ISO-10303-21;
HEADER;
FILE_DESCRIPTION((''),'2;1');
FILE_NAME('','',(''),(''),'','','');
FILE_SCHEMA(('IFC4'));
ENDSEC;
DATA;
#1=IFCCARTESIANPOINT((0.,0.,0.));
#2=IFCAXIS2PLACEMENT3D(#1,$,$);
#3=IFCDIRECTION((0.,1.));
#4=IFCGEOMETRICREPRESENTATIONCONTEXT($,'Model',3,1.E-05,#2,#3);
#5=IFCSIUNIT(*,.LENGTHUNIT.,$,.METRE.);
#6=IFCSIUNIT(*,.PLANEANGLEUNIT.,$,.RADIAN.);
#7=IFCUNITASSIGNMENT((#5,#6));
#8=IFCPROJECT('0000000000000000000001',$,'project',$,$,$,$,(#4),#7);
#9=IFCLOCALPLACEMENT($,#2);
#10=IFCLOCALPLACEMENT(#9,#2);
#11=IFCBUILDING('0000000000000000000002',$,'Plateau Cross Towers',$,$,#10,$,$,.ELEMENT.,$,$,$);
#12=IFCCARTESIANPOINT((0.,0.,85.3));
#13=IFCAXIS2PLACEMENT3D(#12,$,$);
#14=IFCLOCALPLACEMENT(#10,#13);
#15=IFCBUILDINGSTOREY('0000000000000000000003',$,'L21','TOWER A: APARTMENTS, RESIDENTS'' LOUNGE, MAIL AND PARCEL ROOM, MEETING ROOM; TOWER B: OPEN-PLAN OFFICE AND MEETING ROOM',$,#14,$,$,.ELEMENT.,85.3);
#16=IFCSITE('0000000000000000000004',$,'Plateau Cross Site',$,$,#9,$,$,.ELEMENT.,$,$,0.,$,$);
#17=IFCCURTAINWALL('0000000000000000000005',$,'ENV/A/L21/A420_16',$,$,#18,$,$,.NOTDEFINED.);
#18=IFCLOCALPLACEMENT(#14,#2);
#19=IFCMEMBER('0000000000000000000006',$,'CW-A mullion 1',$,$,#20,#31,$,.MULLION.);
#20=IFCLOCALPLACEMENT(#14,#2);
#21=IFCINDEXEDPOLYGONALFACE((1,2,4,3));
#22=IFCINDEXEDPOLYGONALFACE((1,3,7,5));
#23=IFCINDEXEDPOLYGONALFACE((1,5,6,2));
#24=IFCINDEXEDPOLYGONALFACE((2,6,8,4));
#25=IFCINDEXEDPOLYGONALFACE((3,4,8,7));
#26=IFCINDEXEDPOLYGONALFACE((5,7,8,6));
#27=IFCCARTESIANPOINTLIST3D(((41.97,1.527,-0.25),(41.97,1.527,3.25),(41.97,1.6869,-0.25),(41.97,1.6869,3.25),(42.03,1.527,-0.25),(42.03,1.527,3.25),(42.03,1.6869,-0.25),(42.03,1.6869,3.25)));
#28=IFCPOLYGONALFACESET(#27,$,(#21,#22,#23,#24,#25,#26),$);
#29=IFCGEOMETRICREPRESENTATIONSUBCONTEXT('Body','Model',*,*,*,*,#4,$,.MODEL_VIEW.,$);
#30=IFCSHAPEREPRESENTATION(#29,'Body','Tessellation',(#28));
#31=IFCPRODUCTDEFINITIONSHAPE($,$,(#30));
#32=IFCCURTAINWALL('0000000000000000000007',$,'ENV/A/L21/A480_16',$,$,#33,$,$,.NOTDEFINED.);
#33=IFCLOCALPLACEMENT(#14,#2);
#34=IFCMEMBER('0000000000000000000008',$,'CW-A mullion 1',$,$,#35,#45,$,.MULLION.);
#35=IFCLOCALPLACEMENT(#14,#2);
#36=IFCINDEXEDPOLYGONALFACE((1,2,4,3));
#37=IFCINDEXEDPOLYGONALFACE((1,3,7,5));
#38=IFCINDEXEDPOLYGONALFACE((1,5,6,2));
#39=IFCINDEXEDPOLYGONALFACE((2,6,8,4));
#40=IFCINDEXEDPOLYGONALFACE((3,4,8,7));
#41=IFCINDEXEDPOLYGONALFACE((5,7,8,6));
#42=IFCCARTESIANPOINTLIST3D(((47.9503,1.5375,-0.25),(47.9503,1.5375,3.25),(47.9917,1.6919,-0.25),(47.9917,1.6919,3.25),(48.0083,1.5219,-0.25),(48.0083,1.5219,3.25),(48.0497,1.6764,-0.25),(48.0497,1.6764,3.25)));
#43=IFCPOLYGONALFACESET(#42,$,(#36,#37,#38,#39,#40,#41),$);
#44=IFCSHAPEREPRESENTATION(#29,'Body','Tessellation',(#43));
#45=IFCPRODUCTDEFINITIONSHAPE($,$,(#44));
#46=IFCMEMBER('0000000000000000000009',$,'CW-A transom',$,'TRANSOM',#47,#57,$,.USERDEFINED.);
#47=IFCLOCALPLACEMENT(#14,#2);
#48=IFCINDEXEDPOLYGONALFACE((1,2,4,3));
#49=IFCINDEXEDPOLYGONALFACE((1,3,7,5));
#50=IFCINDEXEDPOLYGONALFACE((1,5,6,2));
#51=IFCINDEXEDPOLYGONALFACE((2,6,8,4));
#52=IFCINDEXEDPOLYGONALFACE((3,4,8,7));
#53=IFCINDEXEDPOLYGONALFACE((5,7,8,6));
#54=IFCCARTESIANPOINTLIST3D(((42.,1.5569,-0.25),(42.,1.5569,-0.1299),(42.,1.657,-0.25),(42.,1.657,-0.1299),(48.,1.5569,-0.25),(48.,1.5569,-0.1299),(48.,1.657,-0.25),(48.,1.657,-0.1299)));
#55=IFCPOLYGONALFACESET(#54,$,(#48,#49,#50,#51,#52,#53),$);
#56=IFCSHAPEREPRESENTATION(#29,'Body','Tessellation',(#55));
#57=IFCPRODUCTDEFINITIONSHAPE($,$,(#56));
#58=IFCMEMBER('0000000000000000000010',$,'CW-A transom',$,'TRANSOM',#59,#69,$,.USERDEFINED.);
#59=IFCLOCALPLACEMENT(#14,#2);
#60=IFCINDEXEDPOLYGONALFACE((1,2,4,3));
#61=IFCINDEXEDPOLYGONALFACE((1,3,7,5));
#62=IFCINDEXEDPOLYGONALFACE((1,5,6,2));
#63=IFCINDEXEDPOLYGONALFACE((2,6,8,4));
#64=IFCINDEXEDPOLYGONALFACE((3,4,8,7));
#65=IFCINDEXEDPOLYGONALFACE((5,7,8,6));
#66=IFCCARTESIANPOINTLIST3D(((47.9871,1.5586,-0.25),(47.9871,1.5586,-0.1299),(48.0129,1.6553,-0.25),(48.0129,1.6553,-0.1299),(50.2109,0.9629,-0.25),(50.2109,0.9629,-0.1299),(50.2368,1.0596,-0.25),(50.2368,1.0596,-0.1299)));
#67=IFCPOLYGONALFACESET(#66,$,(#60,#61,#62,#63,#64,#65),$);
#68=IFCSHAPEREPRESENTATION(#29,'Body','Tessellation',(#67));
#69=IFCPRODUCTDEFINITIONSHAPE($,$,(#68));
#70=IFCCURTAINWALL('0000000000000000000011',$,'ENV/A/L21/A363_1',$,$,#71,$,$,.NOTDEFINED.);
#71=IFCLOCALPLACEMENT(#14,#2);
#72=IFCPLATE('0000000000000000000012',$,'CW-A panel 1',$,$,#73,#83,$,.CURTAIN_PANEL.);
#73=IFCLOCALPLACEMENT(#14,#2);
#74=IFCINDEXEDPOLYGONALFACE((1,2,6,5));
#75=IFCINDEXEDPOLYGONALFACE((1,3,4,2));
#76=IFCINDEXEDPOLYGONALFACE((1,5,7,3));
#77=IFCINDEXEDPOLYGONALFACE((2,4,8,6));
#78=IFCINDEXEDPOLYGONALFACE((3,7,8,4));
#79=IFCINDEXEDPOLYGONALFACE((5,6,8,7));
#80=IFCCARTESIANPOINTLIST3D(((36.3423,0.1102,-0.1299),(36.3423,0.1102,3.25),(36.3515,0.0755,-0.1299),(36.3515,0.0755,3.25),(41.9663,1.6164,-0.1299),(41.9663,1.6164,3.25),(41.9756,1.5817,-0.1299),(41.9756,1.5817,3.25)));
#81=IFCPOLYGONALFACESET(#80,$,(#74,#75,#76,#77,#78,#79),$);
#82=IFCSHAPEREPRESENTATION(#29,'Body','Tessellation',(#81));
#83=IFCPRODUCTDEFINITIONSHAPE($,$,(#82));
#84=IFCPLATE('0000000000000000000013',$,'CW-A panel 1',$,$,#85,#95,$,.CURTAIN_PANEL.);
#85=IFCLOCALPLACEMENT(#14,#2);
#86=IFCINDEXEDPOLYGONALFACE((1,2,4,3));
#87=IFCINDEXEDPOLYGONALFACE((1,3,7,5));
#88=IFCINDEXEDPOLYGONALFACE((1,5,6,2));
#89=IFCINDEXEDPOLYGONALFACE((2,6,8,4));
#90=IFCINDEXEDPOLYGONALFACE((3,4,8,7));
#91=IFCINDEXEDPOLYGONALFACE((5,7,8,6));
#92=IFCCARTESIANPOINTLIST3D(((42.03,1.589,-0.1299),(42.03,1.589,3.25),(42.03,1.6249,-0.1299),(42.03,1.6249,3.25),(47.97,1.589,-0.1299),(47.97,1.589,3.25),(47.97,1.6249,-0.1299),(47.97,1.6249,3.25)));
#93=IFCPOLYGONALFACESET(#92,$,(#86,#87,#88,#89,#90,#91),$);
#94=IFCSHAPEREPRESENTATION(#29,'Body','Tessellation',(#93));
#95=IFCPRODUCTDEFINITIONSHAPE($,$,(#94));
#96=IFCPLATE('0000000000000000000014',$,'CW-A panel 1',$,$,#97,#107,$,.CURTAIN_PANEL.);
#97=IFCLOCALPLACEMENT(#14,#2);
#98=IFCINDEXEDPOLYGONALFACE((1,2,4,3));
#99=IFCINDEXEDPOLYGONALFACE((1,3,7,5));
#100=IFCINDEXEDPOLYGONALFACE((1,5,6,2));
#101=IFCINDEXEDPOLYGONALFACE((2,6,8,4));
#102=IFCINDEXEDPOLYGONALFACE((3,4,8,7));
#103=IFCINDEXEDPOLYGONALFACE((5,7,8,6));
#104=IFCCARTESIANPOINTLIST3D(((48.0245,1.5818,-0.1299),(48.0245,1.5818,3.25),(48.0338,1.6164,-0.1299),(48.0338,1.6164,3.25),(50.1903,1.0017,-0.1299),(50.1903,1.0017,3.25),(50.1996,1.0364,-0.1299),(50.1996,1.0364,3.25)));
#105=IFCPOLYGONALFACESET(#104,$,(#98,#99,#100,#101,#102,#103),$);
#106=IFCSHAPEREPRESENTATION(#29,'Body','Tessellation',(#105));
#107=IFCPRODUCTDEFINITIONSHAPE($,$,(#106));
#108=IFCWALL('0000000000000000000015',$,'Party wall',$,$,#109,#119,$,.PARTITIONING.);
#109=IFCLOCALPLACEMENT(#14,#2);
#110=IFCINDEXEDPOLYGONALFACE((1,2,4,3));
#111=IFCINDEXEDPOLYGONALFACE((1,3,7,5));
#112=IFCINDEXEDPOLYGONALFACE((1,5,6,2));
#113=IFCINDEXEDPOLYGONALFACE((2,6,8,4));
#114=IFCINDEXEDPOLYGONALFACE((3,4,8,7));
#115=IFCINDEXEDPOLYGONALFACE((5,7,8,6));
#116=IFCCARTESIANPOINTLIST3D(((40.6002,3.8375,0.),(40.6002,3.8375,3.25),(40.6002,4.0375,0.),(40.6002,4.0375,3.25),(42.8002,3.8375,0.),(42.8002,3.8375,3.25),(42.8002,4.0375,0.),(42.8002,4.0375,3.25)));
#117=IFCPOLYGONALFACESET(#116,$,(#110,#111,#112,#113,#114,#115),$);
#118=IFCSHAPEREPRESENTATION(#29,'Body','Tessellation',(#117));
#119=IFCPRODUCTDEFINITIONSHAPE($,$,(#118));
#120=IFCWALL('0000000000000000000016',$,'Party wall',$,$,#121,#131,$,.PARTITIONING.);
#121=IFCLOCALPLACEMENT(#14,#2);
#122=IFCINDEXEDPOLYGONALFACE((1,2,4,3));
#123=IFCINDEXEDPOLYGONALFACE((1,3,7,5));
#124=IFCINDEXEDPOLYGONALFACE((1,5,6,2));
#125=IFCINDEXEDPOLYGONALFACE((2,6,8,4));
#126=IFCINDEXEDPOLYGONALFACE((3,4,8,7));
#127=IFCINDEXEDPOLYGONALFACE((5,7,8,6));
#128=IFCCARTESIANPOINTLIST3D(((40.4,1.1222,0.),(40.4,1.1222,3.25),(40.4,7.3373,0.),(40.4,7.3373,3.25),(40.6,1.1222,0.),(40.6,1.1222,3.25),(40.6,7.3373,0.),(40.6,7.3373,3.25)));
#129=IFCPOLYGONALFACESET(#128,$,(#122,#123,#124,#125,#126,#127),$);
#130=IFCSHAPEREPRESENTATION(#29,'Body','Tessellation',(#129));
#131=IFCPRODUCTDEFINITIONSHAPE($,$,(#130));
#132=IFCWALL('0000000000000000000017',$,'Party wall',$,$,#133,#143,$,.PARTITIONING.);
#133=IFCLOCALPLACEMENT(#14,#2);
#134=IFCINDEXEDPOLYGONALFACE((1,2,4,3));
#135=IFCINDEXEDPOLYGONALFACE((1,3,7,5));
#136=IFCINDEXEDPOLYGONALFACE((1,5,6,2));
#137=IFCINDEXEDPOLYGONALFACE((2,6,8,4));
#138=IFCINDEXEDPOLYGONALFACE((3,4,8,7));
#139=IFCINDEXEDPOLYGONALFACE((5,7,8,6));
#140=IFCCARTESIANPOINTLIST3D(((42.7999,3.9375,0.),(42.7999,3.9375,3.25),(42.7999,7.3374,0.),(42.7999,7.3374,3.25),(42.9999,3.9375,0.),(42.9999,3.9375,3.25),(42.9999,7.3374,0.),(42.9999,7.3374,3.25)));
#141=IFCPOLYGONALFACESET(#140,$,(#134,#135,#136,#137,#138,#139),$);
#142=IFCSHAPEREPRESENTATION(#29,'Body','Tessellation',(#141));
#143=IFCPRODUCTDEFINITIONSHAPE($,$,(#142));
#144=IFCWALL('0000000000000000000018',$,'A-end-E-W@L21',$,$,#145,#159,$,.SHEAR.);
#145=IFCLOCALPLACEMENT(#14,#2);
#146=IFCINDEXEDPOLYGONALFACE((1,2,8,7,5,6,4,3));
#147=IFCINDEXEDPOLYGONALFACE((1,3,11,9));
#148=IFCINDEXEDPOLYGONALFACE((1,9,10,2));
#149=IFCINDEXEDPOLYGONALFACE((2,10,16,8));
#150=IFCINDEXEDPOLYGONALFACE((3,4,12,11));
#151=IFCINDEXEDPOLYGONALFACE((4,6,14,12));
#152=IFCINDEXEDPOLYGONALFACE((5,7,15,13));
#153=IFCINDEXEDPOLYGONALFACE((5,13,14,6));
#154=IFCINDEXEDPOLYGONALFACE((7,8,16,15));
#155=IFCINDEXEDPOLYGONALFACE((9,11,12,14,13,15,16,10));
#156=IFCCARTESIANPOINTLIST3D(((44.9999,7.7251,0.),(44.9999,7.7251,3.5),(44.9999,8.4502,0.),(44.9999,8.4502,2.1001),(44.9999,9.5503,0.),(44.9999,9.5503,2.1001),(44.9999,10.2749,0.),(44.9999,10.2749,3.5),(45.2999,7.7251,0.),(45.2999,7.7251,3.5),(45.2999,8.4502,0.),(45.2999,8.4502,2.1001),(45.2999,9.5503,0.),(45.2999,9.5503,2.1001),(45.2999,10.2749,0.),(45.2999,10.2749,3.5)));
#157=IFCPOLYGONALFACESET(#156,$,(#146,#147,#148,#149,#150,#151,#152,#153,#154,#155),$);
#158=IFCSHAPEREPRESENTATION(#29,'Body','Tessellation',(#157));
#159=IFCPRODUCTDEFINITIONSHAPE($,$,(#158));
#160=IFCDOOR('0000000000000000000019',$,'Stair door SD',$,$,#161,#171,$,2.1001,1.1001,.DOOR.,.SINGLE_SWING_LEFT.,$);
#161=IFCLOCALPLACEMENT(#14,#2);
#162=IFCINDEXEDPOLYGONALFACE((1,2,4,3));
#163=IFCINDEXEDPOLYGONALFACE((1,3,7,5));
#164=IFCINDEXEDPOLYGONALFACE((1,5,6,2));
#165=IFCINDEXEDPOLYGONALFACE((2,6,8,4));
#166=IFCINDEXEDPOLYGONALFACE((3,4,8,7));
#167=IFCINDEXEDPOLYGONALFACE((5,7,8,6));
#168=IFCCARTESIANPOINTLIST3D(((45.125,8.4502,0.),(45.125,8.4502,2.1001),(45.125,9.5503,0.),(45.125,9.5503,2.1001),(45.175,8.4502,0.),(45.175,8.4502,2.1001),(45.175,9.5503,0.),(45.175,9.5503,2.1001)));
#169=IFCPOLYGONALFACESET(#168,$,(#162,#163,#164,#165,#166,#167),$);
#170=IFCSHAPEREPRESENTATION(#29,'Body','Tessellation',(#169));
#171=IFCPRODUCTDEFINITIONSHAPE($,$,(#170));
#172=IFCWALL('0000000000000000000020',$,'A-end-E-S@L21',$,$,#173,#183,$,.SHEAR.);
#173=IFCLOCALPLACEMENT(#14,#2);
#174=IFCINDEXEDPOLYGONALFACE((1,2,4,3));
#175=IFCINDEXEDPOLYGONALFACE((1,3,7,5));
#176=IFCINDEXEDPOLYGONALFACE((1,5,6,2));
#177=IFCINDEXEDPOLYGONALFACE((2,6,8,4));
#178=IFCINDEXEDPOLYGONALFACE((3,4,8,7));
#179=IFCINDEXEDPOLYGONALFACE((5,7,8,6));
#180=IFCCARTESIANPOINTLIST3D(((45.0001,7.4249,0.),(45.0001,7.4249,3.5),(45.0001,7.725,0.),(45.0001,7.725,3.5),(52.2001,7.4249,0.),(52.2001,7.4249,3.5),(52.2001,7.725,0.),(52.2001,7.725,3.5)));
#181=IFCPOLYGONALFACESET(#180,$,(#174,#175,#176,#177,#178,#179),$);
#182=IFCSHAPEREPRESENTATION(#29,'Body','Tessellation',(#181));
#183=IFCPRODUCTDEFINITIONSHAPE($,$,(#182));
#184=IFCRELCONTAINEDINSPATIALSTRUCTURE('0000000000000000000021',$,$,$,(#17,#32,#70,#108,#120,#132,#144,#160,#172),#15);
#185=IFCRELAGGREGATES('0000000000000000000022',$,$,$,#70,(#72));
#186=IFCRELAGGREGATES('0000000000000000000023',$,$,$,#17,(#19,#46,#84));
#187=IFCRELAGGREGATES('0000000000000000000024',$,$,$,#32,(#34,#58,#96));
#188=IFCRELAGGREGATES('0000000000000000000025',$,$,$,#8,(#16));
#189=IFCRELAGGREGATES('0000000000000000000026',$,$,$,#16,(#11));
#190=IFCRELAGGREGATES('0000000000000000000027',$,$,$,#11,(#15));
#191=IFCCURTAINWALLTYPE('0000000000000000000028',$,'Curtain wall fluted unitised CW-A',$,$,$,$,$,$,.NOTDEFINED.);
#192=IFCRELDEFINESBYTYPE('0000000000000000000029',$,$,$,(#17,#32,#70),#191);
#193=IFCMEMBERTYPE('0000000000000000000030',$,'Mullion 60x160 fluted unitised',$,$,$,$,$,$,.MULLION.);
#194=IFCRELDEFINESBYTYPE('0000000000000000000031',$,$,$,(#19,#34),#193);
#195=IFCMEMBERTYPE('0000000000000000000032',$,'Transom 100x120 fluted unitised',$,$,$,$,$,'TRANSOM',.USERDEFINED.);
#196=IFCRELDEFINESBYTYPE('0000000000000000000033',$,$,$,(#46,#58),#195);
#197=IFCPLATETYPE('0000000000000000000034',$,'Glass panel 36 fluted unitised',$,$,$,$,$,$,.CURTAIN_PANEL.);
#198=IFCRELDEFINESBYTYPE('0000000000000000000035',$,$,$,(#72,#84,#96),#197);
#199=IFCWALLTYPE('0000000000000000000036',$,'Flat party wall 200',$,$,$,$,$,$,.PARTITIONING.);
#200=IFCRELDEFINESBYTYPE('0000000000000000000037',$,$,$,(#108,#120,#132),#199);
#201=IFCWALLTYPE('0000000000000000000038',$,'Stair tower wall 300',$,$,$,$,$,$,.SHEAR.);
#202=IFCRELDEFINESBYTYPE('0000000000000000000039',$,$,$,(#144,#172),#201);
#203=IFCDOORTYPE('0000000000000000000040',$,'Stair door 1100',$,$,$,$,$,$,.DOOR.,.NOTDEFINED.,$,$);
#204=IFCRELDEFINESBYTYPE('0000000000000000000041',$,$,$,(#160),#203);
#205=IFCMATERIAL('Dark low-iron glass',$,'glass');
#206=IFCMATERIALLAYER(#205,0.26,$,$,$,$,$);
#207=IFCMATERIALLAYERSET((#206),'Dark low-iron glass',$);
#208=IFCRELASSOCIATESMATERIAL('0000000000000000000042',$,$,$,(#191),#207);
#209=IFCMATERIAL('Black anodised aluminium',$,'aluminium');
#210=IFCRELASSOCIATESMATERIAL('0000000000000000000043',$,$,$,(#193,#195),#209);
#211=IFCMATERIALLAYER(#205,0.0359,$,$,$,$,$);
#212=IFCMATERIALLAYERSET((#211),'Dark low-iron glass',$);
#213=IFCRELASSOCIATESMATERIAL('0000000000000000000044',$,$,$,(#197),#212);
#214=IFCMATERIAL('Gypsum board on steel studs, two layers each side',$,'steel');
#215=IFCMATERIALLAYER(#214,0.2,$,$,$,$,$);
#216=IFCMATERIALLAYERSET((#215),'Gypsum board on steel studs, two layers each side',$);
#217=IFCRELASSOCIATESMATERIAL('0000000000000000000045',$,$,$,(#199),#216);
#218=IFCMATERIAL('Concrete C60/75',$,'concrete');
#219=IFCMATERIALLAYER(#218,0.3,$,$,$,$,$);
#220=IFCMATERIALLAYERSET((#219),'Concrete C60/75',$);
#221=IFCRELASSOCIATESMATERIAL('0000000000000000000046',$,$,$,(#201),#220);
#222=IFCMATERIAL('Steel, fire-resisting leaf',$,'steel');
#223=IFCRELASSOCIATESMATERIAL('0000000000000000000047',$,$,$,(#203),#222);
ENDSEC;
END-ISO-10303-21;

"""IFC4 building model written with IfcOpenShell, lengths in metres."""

from ifc_helpers import new_model, si_unit, direction, frame, frame_2d, origin, origin_2d, place, context, subcontext, project, spatial, rectangle, extrude, material, layer, layer_set, material_profile, profile_set, type_object, element, fill, aggregate, save


model = new_model("IFC4")

# Units and contexts
model_context = context("Model", 3, precision=1e-05, world=origin(), true_north=direction((0.0, 1.0)))
body_context = subcontext(model_context, "Body", "Model", "MODEL_VIEW")
ifc_project = project(units=[si_unit("LENGTHUNIT", "METRE"), si_unit("PLANEANGLEUNIT", "RADIAN")], contexts=[model_context])

# Site, building, storey
site_placement = place(None, origin())
site = spatial("IfcSite", under=ifc_project, at=site_placement, Name="Plateau Cross Site", CompositionType="ELEMENT", RefElevation=0.0)
building_placement = place(site_placement, origin())
building = spatial("IfcBuilding", under=site, at=building_placement, Name="Plateau Cross Towers", CompositionType="ELEMENT")
storey_placement = place(building_placement, frame((0.0, 0.0, 85.3)))
storey = spatial("IfcBuildingStorey", under=building, at=storey_placement, Name="L21", Description="TOWER A: APARTMENTS, RESIDENTS' LOUNGE, MAIL AND PARCEL ROOM, MEETING ROOM; TOWER B: OPEN-PLAN OFFICE AND MEETING ROOM", CompositionType="ELEMENT", Elevation=85.3)

# Curtain walls, members
ifc_material_1 = material(Name="Dark low-iron glass", Category="glass")
ifc_layer_1 = layer(ifc_material_1, 0.26)
ifc_layer_set_1 = layer_set([ifc_layer_1], Name="Dark low-iron glass")
curtain_wall_type = type_object("IfcCurtainWallType", Name="Curtain wall fluted unitised CW-A", PredefinedType="NOTDEFINED", material=ifc_layer_set_1)
curtain_wall_1_placement = place(storey_placement, origin())
curtain_wall_1 = element("IfcCurtainWall", 1, at=curtain_wall_1_placement, inside=storey, type_object=curtain_wall_type, Name="ENV/A/L21/A420_16", PredefinedType="NOTDEFINED")
ifc_material_2 = material(Name="Black anodised aluminium", Category="aluminium")
ifc_material_profile_1 = material_profile(ifc_material_2, rectangle(XDim=0.0601, YDim=0.1599, at=origin_2d()), Name="MULLION 60x160")
ifc_profile_set_1 = profile_set([ifc_material_profile_1], Name="Black anodised aluminium")
member_type_1 = type_object("IfcMemberType", Name="Mullion 60x160 fluted unitised", PredefinedType="MULLION", material=ifc_profile_set_1)
member_1_placement = place(storey_placement, frame((42.0, 1.6069, -0.25), z_axis=(0.0, 0.0, 1.0), x_axis=(1.0, 0.0, 0.0)))
member_1 = element("IfcMember", 2, at=member_1_placement, type_object=member_type_1, Name="CW-A mullion 1", PredefinedType="MULLION", context=body_context, shape_type="SweptSolid", body=[
    extrude(rectangle(XDim=0.0601, YDim=0.1599, at=origin_2d()), origin(), (0.0, 0.0, 1.0), 3.5),
])
curtain_wall_2_placement = place(storey_placement, origin())
curtain_wall_2 = element("IfcCurtainWall", 3, at=curtain_wall_2_placement, inside=storey, type_object=curtain_wall_type, Name="ENV/A/L21/A480_16", PredefinedType="NOTDEFINED")
member_2_placement = place(storey_placement, frame((48.0, 1.6069, -0.25), z_axis=(0.0, 0.0, 1.0), x_axis=(0.965958, -0.258699, 0.0)))
member_2 = element("IfcMember", 4, at=member_2_placement, type_object=member_type_1, Name="CW-A mullion 1", PredefinedType="MULLION", context=body_context, shape_type="SweptSolid", body=[
    extrude(rectangle(XDim=0.0601, YDim=0.1599, at=origin_2d()), origin(), (0.0, 0.0, 1.0), 3.5),
])

# Members
ifc_material_profile_2 = material_profile(ifc_material_2, rectangle(XDim=0.1001, YDim=0.1201, at=origin_2d()), Name="TRANSOM 100x120")
ifc_profile_set_2 = profile_set([ifc_material_profile_2], Name="Black anodised aluminium")
member_type_2 = type_object("IfcMemberType", Name="Transom 100x120 fluted unitised", ElementType="TRANSOM", PredefinedType="USERDEFINED", material=ifc_profile_set_2)
member_3_placement = place(storey_placement, frame((42.0, 1.6069, -0.1899), z_axis=(1.0, 0.0, 0.0), x_axis=(0.0, 1.0, 0.0)))
member_3 = element("IfcMember", 5, at=member_3_placement, type_object=member_type_2, Name="CW-A transom", ObjectType="TRANSOM", PredefinedType="USERDEFINED", context=body_context, shape_type="SweptSolid", body=[
    extrude(rectangle(XDim=0.1001, YDim=0.1201, at=origin_2d()), origin(), (0.0, 0.0, 1.0), 6.0),
])
member_4_placement = place(storey_placement, frame((48.0, 1.6069, -0.1899), z_axis=(0.965946, -0.258745, 0.0), x_axis=(0.258745, 0.965946, 0.0)))
member_4 = element("IfcMember", 6, at=member_4_placement, type_object=member_type_2, Name="CW-A transom", ObjectType="TRANSOM", PredefinedType="USERDEFINED", context=body_context, shape_type="SweptSolid", body=[
    extrude(rectangle(XDim=0.1001, YDim=0.1201, at=origin_2d()), origin(), (0.0, 0.0, 1.0), 2.3022),
])

# Curtain wall, plate
curtain_wall_3_placement = place(storey_placement, origin())
curtain_wall_3 = element("IfcCurtainWall", 7, at=curtain_wall_3_placement, inside=storey, type_object=curtain_wall_type, Name="ENV/A/L21/A363_1", PredefinedType="NOTDEFINED")
ifc_layer_2 = layer(ifc_material_1, 0.0359)
ifc_layer_set_2 = layer_set([ifc_layer_2], Name="Dark low-iron glass")
plate_type = type_object("IfcPlateType", Name="Glass panel 36 fluted unitised", PredefinedType="CURTAIN_PANEL", material=ifc_layer_set_2)
plate_1_placement = place(storey_placement, frame((39.1589, 0.8459, -0.1299), z_axis=(0.0, 0.0, 1.0), x_axis=(0.965958, 0.258699, 0.0)))
plate_1 = element("IfcPlate", 8, at=plate_1_placement, type_object=plate_type, Name="CW-A panel 1", PredefinedType="CURTAIN_PANEL", context=body_context, shape_type="SweptSolid", body=[
    extrude(rectangle(XDim=5.8223, YDim=0.0359, at=origin_2d()), origin(), (0.0, 0.0, 1.0), 3.3799),
])
aggregate(curtain_wall_3, [plate_1])

# Plates
plate_2_placement = place(storey_placement, frame((45.0, 1.6069, -0.1299), z_axis=(0.0, 0.0, 1.0), x_axis=(1.0, 0.0, 0.0)))
plate_2 = element("IfcPlate", 9, at=plate_2_placement, type_object=plate_type, Name="CW-A panel 1", PredefinedType="CURTAIN_PANEL", context=body_context, shape_type="SweptSolid", body=[
    extrude(rectangle(XDim=5.9399, YDim=0.0359, at=origin_2d()), origin(), (0.0, 0.0, 1.0), 3.3799),
])
aggregate(curtain_wall_1, [member_1, member_3, plate_2])
plate_3_placement = place(storey_placement, frame((49.1121, 1.3091, -0.1299), z_axis=(0.0, 0.0, 1.0), x_axis=(0.965958, -0.258699, 0.0)))
plate_3 = element("IfcPlate", 10, at=plate_3_placement, type_object=plate_type, Name="CW-A panel 1", PredefinedType="CURTAIN_PANEL", context=body_context, shape_type="SweptSolid", body=[
    extrude(rectangle(XDim=2.2422, YDim=0.0359, at=origin_2d()), origin(), (0.0, 0.0, 1.0), 3.3799),
])
aggregate(curtain_wall_2, [member_2, member_4, plate_3])

# Walls
ifc_material_3 = material(Name="Gypsum board on steel studs, two layers each side", Category="steel")
ifc_layer_3 = layer(ifc_material_3, 0.2)
ifc_layer_set_3 = layer_set([ifc_layer_3], Name="Gypsum board on steel studs, two layers each side")
wall_type_1 = type_object("IfcWallType", Name="Flat party wall 200", PredefinedType="PARTITIONING", material=ifc_layer_set_3)
wall_1_placement = place(storey_placement, frame((40.6001, 3.9375, 0.0), z_axis=(0.0, 0.0, 1.0), x_axis=(1.0, 0.0, 0.0)))
element("IfcWall", 11, at=wall_1_placement, inside=storey, type_object=wall_type_1, Name="Party wall", PredefinedType="PARTITIONING", context=body_context, shape_type="SweptSolid", body=[
    extrude(rectangle(XDim=2.2, YDim=0.2, at=frame_2d((1.1001, 0.0))), origin(), (0.0, 0.0, 1.0), 3.25),
])
wall_2_placement = place(storey_placement, frame((40.5, 1.1223, 0.0), z_axis=(0.0, 0.0, 1.0), x_axis=(0.0, 1.0, 0.0)))
element("IfcWall", 12, at=wall_2_placement, inside=storey, type_object=wall_type_1, Name="Party wall", PredefinedType="PARTITIONING", context=body_context, shape_type="SweptSolid", body=[
    extrude(rectangle(XDim=6.2151, YDim=0.2, at=frame_2d((3.1074, 0.0))), origin(), (0.0, 0.0, 1.0), 3.25),
])
wall_3_placement = place(storey_placement, frame((42.8999, 3.9375, 0.0), z_axis=(0.0, 0.0, 1.0), x_axis=(0.0, 1.0, 0.0)))
element("IfcWall", 13, at=wall_3_placement, inside=storey, type_object=wall_type_1, Name="Party wall", PredefinedType="PARTITIONING", context=body_context, shape_type="SweptSolid", body=[
    extrude(rectangle(XDim=3.3999, YDim=0.2, at=frame_2d((1.7, 0.0))), origin(), (0.0, 0.0, 1.0), 3.25),
])

# Wall, opening, door
ifc_material_4 = material(Name="Concrete C60/75", Category="concrete")
ifc_layer_4 = layer(ifc_material_4, 0.3)
ifc_layer_set_4 = layer_set([ifc_layer_4], Name="Concrete C60/75")
wall_type_2 = type_object("IfcWallType", Name="Stair tower wall 300", PredefinedType="SHEAR", material=ifc_layer_set_4)
wall_4_placement = place(storey_placement, frame((45.1499, 7.7251, 0.0), z_axis=(0.0, 0.0, 1.0), x_axis=(0.0, 1.0, 0.0)))
wall_4 = element("IfcWall", 14, at=wall_4_placement, inside=storey, type_object=wall_type_2, Name="A-end-E-W@L21", PredefinedType="SHEAR", context=body_context, shape_type="SweptSolid", body=[
    extrude(rectangle(XDim=2.5498, YDim=0.3, at=frame_2d((1.2749, 0.0))), origin(), (0.0, 0.0, 1.0), 3.5),
])
opening_placement = place(wall_4_placement, frame((0.7251, 0.0, 0.0)))
opening = element("IfcOpeningElement", 15, at=opening_placement, cuts=wall_4, PredefinedType="OPENING", context=body_context, shape_type="SweptSolid", body=[
    extrude(rectangle(XDim=1.1001, YDim=2.1001, at=frame_2d((0.55, 1.05))), frame((0.0, 0.1599, 0.0), z_axis=(0.0, -1.0, 0.0), x_axis=(1.0, 0.0, 0.0)), (0.0, 0.0, 1.0), 0.3201),
])
ifc_material_5 = material(Name="Steel, fire-resisting leaf", Category="steel")
door_type = type_object("IfcDoorType", Name="Stair door 1100", OperationType="NOTDEFINED", PredefinedType="DOOR", material=ifc_material_5)
door_placement = place(opening_placement, origin())
door = element("IfcDoor", 16, at=door_placement, inside=storey, type_object=door_type, Name="Stair door SD", OperationType="SINGLE_SWING_LEFT", OverallHeight=2.1001, OverallWidth=1.1001, PredefinedType="DOOR", context=body_context, shape_type="SweptSolid", body=[
    extrude(rectangle(XDim=1.1001, YDim=2.1001, at=frame_2d((0.55, 1.05))), frame((0.0, 0.0249, 0.0), z_axis=(0.0, -1.0, 0.0), x_axis=(1.0, 0.0, 0.0)), (0.0, 0.0, 1.0), 0.05),
])
fill(opening, door)

# Wall
wall_5_placement = place(storey_placement, frame((45.0, 7.575, 0.0), z_axis=(0.0, 0.0, 1.0), x_axis=(1.0, 0.0, 0.0)))
element("IfcWall", 17, at=wall_5_placement, inside=storey, type_object=wall_type_2, Name="A-end-E-S@L21", PredefinedType="SHEAR", context=body_context, shape_type="SweptSolid", body=[
    extrude(rectangle(XDim=7.2, YDim=0.3, at=frame_2d((3.6001, 0.0))), origin(), (0.0, 0.0, 1.0), 3.5),
])

save(model, "model.ifc")
